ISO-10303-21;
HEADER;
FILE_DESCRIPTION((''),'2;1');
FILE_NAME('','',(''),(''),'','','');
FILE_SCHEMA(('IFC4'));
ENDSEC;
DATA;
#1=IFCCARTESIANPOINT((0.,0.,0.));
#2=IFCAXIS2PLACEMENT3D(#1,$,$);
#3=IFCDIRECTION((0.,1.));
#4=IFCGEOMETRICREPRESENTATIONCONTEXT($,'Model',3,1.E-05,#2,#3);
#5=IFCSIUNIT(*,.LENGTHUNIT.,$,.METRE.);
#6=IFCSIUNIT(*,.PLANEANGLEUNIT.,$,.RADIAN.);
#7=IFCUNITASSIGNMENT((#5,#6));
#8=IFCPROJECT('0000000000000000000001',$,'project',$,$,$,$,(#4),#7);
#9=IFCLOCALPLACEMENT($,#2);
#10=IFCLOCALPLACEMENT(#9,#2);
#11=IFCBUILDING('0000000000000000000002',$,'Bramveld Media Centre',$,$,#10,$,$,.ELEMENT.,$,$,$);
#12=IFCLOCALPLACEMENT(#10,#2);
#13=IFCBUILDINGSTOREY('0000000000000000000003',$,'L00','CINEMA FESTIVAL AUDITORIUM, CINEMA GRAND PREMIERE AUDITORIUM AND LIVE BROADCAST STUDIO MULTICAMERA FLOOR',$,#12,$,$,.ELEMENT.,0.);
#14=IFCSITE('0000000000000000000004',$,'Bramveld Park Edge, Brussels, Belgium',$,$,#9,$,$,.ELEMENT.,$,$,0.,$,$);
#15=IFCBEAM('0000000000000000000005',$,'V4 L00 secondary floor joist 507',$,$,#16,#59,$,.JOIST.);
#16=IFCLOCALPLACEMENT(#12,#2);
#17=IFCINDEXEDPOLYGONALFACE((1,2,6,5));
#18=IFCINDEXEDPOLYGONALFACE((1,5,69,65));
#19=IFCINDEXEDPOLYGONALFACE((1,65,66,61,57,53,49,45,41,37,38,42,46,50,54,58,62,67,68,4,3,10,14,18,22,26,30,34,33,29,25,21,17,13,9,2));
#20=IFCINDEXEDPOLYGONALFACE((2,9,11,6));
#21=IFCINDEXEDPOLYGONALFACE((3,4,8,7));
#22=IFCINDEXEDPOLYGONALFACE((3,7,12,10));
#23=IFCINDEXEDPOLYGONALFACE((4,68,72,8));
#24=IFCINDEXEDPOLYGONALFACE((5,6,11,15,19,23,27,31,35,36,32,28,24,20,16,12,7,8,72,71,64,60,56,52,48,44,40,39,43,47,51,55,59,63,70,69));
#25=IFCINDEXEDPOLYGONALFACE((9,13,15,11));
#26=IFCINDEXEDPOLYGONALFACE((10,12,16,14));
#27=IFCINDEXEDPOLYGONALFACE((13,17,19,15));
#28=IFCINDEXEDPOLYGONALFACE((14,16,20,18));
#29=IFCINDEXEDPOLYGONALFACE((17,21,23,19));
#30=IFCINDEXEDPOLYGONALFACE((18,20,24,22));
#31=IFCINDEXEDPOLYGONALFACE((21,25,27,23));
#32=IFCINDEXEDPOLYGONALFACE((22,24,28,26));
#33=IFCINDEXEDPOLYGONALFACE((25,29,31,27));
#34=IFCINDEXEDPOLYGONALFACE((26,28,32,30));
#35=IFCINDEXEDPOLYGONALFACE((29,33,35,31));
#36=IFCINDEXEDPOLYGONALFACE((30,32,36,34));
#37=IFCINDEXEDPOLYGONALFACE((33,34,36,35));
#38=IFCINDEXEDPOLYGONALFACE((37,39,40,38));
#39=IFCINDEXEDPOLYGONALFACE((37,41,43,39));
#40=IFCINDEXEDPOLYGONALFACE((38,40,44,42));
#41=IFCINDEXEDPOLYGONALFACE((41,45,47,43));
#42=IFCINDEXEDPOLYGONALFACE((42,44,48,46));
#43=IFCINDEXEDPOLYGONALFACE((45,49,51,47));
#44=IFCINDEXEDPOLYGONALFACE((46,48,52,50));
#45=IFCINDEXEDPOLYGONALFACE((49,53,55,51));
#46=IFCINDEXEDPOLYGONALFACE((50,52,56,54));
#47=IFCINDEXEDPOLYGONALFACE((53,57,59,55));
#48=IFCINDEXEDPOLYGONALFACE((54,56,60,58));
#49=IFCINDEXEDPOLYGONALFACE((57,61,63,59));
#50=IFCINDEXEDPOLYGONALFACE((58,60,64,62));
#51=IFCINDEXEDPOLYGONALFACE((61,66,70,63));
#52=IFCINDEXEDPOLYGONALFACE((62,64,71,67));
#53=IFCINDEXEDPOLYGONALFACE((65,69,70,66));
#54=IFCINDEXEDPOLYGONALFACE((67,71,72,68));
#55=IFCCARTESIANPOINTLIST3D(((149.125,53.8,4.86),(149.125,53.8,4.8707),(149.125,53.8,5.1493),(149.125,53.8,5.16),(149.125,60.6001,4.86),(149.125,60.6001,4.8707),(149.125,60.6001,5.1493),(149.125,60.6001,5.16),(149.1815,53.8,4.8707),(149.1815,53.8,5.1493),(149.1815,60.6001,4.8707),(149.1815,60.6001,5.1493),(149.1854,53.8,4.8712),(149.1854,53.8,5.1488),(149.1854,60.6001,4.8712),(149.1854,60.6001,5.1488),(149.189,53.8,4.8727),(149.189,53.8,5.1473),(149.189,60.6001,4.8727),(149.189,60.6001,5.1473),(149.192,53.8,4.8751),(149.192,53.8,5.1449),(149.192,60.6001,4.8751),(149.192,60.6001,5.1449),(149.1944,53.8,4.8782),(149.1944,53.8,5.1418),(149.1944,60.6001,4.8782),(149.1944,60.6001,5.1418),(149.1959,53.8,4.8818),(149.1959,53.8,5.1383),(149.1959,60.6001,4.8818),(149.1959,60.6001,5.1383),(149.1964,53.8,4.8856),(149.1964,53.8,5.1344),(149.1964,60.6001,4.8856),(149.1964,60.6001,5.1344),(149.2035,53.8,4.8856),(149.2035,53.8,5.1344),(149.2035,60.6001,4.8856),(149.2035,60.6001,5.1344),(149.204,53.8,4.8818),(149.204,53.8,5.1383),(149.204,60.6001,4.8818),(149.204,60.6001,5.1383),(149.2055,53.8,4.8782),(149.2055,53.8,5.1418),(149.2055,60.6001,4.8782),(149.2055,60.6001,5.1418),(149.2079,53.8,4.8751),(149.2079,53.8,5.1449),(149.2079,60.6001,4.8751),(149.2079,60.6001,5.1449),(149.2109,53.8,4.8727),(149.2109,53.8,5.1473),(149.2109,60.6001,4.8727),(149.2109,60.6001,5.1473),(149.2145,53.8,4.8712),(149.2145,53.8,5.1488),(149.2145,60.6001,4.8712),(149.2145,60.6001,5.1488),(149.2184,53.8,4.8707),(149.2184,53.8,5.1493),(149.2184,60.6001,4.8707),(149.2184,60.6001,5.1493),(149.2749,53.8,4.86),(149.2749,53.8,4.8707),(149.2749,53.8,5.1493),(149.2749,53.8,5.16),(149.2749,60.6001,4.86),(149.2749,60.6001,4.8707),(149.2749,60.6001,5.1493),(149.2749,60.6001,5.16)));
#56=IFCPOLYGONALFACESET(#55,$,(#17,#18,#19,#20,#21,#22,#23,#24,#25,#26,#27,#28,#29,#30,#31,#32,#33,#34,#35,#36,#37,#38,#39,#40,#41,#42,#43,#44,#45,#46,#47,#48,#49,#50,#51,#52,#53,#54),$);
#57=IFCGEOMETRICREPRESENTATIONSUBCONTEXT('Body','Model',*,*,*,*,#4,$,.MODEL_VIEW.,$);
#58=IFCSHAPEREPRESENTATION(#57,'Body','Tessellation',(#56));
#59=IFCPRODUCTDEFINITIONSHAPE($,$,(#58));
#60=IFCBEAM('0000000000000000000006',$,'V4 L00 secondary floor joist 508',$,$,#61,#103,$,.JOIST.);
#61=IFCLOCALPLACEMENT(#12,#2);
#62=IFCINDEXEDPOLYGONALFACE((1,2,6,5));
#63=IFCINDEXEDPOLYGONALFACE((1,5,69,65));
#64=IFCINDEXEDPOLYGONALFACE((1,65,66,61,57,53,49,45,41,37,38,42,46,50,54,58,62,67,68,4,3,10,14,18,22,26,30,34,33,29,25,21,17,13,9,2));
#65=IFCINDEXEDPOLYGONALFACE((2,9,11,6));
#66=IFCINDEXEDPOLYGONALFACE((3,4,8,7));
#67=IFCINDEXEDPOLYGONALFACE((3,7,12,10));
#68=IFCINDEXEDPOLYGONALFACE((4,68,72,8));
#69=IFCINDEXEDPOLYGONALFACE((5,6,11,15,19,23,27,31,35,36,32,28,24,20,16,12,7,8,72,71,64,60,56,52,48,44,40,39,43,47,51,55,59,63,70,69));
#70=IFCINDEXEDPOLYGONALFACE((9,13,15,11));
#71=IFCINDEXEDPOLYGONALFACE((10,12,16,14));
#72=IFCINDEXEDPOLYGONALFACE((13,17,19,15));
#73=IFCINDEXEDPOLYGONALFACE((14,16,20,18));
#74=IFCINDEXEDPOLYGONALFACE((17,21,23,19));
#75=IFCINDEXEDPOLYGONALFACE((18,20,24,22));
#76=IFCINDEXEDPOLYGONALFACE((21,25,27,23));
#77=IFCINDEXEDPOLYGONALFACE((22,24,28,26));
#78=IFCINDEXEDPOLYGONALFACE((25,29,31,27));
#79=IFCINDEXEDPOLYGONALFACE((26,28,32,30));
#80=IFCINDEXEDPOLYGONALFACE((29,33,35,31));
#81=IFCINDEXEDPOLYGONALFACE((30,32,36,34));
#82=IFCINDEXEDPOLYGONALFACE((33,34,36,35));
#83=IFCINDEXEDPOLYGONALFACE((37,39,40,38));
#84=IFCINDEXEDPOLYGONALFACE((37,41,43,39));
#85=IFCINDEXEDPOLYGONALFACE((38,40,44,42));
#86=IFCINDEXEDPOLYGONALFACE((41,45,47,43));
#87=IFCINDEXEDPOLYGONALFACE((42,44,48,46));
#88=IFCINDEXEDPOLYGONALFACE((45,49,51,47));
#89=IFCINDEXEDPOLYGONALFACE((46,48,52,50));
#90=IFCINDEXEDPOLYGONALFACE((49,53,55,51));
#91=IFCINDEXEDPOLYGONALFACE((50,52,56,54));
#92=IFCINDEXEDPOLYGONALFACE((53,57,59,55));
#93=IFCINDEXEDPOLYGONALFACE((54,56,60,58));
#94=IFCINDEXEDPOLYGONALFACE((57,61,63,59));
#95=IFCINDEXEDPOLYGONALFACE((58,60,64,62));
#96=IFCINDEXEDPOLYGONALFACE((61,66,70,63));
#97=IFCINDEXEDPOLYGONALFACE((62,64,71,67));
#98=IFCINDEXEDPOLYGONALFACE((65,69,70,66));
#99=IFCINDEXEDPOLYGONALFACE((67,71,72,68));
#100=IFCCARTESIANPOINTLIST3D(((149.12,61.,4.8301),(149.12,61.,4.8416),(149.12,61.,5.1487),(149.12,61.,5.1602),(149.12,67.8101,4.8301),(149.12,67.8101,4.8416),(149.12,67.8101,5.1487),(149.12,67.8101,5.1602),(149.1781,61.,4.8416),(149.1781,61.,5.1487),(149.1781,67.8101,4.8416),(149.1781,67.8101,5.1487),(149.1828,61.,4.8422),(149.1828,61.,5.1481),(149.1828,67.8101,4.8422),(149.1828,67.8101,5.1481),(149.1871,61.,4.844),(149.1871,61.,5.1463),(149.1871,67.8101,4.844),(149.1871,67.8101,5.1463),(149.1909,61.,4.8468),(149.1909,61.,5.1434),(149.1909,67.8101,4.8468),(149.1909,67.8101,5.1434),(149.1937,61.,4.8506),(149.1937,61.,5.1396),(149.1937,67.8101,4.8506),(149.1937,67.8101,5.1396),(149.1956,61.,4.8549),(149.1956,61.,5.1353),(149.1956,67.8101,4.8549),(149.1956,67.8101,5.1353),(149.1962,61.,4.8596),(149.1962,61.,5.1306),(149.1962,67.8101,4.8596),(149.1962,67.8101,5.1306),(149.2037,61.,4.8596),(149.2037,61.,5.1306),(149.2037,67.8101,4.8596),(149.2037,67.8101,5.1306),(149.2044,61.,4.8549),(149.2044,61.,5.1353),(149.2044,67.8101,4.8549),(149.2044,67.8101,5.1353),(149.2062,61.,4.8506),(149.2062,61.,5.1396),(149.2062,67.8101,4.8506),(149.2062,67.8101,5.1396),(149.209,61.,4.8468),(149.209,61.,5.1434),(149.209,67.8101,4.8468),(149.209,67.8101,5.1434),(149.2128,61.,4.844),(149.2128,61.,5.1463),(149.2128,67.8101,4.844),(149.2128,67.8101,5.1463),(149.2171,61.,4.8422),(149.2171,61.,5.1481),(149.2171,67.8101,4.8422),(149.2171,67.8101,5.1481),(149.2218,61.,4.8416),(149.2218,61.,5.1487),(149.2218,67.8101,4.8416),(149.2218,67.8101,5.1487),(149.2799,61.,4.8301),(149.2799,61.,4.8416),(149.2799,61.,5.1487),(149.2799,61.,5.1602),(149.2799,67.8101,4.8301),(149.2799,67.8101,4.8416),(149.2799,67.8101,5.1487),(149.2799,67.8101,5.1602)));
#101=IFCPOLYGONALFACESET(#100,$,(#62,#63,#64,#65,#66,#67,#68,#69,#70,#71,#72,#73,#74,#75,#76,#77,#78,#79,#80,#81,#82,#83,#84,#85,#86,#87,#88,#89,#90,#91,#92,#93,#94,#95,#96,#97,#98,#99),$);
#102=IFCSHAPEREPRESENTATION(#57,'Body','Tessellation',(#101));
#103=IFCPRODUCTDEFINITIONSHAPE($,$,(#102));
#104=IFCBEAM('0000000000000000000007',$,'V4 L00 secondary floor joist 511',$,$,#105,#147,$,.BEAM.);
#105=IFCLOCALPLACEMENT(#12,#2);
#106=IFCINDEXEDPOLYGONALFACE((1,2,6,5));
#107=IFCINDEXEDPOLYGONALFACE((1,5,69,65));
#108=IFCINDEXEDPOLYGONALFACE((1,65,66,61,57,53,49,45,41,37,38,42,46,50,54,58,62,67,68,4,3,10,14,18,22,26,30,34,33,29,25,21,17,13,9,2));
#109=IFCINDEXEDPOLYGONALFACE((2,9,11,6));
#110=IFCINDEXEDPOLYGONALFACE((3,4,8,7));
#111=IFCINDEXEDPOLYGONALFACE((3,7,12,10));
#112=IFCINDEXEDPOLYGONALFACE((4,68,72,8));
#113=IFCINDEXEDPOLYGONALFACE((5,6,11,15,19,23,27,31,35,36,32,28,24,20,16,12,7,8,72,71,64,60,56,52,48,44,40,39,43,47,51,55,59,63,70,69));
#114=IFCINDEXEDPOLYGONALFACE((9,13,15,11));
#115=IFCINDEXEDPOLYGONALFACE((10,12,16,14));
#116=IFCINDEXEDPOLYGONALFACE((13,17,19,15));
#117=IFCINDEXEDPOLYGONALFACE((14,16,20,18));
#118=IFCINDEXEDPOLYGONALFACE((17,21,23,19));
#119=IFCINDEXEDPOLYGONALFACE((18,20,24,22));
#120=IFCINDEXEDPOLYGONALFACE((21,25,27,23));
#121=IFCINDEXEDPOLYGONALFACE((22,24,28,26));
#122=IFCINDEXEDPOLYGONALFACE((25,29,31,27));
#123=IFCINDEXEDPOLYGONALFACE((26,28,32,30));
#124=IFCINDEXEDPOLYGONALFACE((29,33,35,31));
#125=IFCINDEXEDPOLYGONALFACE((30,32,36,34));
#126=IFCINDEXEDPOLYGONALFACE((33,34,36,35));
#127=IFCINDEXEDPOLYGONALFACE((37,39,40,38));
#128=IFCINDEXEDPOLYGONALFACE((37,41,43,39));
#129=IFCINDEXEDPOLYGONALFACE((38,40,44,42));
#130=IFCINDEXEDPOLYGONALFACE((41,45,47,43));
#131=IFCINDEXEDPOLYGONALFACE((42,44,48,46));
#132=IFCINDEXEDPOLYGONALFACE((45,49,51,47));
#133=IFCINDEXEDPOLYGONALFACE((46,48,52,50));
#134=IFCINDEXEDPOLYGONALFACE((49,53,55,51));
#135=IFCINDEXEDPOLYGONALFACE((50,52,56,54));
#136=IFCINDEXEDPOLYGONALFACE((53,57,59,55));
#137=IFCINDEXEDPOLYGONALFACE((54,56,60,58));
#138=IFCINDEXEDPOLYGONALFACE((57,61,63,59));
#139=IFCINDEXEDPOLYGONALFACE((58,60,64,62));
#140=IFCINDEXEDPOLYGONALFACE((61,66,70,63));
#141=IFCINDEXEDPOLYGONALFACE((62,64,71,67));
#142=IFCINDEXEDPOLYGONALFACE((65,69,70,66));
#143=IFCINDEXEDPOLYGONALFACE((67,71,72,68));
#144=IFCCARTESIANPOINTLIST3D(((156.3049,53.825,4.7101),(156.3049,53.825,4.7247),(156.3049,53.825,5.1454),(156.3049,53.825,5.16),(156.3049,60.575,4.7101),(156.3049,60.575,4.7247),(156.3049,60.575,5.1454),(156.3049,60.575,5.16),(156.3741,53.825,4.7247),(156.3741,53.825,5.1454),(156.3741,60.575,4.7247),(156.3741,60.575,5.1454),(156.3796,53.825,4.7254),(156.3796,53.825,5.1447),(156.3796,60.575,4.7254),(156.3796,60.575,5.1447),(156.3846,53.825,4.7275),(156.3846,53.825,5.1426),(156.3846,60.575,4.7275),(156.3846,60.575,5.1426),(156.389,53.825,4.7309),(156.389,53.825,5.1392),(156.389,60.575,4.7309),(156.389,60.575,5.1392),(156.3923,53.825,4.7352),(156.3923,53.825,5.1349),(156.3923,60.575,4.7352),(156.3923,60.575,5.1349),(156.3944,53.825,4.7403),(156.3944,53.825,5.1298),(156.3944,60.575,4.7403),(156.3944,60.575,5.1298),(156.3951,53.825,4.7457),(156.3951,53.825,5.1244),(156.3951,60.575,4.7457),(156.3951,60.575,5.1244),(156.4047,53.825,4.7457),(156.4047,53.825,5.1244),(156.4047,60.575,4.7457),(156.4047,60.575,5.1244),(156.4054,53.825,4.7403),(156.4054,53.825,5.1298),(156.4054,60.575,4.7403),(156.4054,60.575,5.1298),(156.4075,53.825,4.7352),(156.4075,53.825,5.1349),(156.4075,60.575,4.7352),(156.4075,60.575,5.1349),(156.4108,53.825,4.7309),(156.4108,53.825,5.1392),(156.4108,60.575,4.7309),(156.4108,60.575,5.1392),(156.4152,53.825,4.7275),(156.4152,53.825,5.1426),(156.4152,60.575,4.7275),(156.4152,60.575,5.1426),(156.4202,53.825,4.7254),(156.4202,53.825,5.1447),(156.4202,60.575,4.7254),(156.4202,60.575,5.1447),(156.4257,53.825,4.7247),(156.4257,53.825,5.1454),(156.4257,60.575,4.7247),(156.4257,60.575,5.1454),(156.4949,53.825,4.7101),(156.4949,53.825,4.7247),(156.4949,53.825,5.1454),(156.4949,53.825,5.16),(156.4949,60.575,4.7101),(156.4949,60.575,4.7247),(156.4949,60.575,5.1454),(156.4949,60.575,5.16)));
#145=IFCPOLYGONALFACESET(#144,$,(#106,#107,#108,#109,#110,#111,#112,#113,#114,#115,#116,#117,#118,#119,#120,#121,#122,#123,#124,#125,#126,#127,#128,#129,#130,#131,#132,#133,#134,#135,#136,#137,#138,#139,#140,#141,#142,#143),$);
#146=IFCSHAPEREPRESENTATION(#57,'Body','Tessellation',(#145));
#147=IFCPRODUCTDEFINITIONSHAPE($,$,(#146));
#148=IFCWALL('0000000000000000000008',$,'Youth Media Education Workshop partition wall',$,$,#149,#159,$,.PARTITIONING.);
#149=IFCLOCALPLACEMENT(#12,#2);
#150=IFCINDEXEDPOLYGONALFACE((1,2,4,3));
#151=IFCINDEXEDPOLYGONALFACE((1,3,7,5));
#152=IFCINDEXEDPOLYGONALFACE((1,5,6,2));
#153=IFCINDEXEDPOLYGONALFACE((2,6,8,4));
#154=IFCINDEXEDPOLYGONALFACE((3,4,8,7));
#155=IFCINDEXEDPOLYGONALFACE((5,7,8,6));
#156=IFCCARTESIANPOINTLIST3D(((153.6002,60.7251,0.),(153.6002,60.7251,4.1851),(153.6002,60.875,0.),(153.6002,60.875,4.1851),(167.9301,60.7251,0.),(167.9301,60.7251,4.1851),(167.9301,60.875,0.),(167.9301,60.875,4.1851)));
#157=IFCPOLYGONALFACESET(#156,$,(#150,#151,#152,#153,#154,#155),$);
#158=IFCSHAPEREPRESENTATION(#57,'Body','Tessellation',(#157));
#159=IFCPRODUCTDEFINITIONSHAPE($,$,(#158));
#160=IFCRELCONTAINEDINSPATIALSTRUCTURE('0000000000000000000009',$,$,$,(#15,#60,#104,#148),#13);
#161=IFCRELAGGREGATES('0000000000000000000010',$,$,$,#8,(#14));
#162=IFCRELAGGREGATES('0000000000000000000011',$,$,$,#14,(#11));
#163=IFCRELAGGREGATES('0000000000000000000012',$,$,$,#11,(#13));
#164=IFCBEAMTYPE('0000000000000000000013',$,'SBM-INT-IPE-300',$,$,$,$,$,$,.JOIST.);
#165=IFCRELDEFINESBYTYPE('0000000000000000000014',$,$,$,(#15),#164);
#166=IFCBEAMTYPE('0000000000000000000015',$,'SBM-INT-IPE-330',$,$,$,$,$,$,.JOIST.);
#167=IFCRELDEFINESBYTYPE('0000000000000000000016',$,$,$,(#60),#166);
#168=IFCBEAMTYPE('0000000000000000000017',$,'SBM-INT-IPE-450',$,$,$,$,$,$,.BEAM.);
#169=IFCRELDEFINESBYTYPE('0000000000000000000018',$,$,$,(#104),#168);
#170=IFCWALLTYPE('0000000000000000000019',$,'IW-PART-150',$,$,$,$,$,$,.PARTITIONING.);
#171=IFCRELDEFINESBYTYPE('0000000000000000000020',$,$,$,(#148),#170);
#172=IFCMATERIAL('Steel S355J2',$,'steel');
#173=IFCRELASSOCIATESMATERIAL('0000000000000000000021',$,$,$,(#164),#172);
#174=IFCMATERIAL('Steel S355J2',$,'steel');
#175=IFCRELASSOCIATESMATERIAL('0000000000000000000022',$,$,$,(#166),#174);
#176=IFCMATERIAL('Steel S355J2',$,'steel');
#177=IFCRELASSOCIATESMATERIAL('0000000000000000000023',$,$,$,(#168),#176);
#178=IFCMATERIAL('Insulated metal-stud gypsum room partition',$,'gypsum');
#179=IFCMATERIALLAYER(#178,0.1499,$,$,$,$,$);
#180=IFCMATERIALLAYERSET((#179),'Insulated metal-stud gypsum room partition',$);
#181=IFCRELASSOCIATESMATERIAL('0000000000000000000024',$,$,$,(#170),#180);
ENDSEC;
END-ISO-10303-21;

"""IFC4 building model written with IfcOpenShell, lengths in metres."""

from ifc_helpers import new_model, si_unit, direction, frame, frame_2d, origin, origin_2d, place, context, subcontext, project, spatial, rectangle, i_section, extrude, material, layer, layer_set, material_profile, profile_set, type_object, element, save


model = new_model("IFC4")

# Units and contexts
model_context = context("Model", 3, precision=1e-05, world=origin(), true_north=direction((0.0, 1.0)))
body_context = subcontext(model_context, "Body", "Model", "MODEL_VIEW")
ifc_project = project(units=[si_unit("LENGTHUNIT", "METRE"), si_unit("PLANEANGLEUNIT", "RADIAN")], contexts=[model_context])

# Site, building, storey
site_placement = place(None, origin())
site = spatial("IfcSite", under=ifc_project, at=site_placement, Name="Bramveld Park Edge, Brussels, Belgium", CompositionType="ELEMENT", RefElevation=0.0)
building_placement = place(site_placement, origin())
building = spatial("IfcBuilding", under=site, at=building_placement, Name="Bramveld Media Centre", CompositionType="ELEMENT")
storey_placement = place(building_placement, origin())
storey = spatial("IfcBuildingStorey", under=building, at=storey_placement, Name="L00", Description="CINEMA FESTIVAL AUDITORIUM, CINEMA GRAND PREMIERE AUDITORIUM AND LIVE BROADCAST STUDIO MULTICAMERA FLOOR", CompositionType="ELEMENT", Elevation=0.0)

# Beams
ifc_material_1 = material(Name="Steel S355J2", Category="steel")
ifc_material_profile_1 = material_profile(ifc_material_1, i_section(OverallWidth=0.1499, OverallDepth=0.3, WebThickness=0.0071, FlangeThickness=0.0107, FilletRadius=0.0149, at=origin_2d()), Name="IPE 300")
ifc_profile_set_1 = profile_set([ifc_material_profile_1], Name="Steel S355J2")
beam_type_1 = type_object("IfcBeamType", Name="SBM-INT-IPE-300", PredefinedType="JOIST", material=ifc_profile_set_1)
beam_1_placement = place(storey_placement, frame((149.2, 53.8, 5.01), z_axis=(0.0, 1.0, 0.0), x_axis=(-1.0, 0.0, 0.0)))
element("IfcBeam", 1, at=beam_1_placement, inside=storey, type_object=beam_type_1, Name="V4 L00 secondary floor joist 507", PredefinedType="JOIST", context=body_context, shape_type="SweptSolid", body=[
    extrude(i_section(OverallWidth=0.1499, OverallDepth=0.3, WebThickness=0.0071, FlangeThickness=0.0107, FilletRadius=0.0149, at=origin_2d()), origin(), (0.0, 0.0, 1.0), 6.8),
])
ifc_material_2 = material(Name="Steel S355J2", Category="steel")
ifc_material_profile_2 = material_profile(ifc_material_2, i_section(OverallWidth=0.1599, OverallDepth=0.3301, WebThickness=0.0076, FlangeThickness=0.0115, FilletRadius=0.0181, at=origin_2d()), Name="IPE 330")
ifc_profile_set_2 = profile_set([ifc_material_profile_2], Name="Steel S355J2")
beam_type_2 = type_object("IfcBeamType", Name="SBM-INT-IPE-330", PredefinedType="JOIST", material=ifc_profile_set_2)
beam_2_placement = place(storey_placement, frame((149.2, 61.0, 4.9951), z_axis=(0.0, 1.0, 0.0), x_axis=(-1.0, 0.0, 0.0)))
element("IfcBeam", 2, at=beam_2_placement, inside=storey, type_object=beam_type_2, Name="V4 L00 secondary floor joist 508", PredefinedType="JOIST", context=body_context, shape_type="SweptSolid", body=[
    extrude(i_section(OverallWidth=0.1599, OverallDepth=0.3301, WebThickness=0.0076, FlangeThickness=0.0115, FilletRadius=0.0181, at=origin_2d()), origin(), (0.0, 0.0, 1.0), 6.8101),
])
ifc_material_3 = material(Name="Steel S355J2", Category="steel")
ifc_material_profile_3 = material_profile(ifc_material_3, i_section(OverallWidth=0.1899, OverallDepth=0.45, WebThickness=0.0095, FlangeThickness=0.0146, FilletRadius=0.021, at=origin_2d()), Name="IPE 450")
ifc_profile_set_3 = profile_set([ifc_material_profile_3], Name="Steel S355J2")
beam_type_3 = type_object("IfcBeamType", Name="SBM-INT-IPE-450", PredefinedType="BEAM", material=ifc_profile_set_3)
beam_3_placement = place(storey_placement, frame((156.3999, 53.825, 4.9351), z_axis=(0.0, 1.0, 0.0), x_axis=(-1.0, 0.0, 0.0)))
element("IfcBeam", 3, at=beam_3_placement, inside=storey, type_object=beam_type_3, Name="V4 L00 secondary floor joist 511", PredefinedType="BEAM", context=body_context, shape_type="SweptSolid", body=[
    extrude(i_section(OverallWidth=0.1899, OverallDepth=0.45, WebThickness=0.0095, FlangeThickness=0.0146, FilletRadius=0.021, at=origin_2d()), origin(), (0.0, 0.0, 1.0), 6.75),
])

# Wall
ifc_material_4 = material(Name="Insulated metal-stud gypsum room partition", Category="gypsum")
ifc_layer = layer(ifc_material_4, 0.1499)
ifc_layer_set = layer_set([ifc_layer], Name="Insulated metal-stud gypsum room partition")
wall_type = type_object("IfcWallType", Name="IW-PART-150", PredefinedType="PARTITIONING", material=ifc_layer_set)
wall_placement = place(storey_placement, frame((153.6001, 60.8, 0.0), z_axis=(0.0, 0.0, 1.0), x_axis=(1.0, 0.0, 0.0)))
element("IfcWall", 4, at=wall_placement, inside=storey, type_object=wall_type, Name="Youth Media Education Workshop partition wall", PredefinedType="PARTITIONING", context=body_context, shape_type="SweptSolid", body=[
    extrude(rectangle(XDim=14.3298, YDim=0.1499, at=frame_2d((7.165, 0.0))), origin(), (0.0, 0.0, 1.0), 4.1851),
])

save(model, "model.ifc")
